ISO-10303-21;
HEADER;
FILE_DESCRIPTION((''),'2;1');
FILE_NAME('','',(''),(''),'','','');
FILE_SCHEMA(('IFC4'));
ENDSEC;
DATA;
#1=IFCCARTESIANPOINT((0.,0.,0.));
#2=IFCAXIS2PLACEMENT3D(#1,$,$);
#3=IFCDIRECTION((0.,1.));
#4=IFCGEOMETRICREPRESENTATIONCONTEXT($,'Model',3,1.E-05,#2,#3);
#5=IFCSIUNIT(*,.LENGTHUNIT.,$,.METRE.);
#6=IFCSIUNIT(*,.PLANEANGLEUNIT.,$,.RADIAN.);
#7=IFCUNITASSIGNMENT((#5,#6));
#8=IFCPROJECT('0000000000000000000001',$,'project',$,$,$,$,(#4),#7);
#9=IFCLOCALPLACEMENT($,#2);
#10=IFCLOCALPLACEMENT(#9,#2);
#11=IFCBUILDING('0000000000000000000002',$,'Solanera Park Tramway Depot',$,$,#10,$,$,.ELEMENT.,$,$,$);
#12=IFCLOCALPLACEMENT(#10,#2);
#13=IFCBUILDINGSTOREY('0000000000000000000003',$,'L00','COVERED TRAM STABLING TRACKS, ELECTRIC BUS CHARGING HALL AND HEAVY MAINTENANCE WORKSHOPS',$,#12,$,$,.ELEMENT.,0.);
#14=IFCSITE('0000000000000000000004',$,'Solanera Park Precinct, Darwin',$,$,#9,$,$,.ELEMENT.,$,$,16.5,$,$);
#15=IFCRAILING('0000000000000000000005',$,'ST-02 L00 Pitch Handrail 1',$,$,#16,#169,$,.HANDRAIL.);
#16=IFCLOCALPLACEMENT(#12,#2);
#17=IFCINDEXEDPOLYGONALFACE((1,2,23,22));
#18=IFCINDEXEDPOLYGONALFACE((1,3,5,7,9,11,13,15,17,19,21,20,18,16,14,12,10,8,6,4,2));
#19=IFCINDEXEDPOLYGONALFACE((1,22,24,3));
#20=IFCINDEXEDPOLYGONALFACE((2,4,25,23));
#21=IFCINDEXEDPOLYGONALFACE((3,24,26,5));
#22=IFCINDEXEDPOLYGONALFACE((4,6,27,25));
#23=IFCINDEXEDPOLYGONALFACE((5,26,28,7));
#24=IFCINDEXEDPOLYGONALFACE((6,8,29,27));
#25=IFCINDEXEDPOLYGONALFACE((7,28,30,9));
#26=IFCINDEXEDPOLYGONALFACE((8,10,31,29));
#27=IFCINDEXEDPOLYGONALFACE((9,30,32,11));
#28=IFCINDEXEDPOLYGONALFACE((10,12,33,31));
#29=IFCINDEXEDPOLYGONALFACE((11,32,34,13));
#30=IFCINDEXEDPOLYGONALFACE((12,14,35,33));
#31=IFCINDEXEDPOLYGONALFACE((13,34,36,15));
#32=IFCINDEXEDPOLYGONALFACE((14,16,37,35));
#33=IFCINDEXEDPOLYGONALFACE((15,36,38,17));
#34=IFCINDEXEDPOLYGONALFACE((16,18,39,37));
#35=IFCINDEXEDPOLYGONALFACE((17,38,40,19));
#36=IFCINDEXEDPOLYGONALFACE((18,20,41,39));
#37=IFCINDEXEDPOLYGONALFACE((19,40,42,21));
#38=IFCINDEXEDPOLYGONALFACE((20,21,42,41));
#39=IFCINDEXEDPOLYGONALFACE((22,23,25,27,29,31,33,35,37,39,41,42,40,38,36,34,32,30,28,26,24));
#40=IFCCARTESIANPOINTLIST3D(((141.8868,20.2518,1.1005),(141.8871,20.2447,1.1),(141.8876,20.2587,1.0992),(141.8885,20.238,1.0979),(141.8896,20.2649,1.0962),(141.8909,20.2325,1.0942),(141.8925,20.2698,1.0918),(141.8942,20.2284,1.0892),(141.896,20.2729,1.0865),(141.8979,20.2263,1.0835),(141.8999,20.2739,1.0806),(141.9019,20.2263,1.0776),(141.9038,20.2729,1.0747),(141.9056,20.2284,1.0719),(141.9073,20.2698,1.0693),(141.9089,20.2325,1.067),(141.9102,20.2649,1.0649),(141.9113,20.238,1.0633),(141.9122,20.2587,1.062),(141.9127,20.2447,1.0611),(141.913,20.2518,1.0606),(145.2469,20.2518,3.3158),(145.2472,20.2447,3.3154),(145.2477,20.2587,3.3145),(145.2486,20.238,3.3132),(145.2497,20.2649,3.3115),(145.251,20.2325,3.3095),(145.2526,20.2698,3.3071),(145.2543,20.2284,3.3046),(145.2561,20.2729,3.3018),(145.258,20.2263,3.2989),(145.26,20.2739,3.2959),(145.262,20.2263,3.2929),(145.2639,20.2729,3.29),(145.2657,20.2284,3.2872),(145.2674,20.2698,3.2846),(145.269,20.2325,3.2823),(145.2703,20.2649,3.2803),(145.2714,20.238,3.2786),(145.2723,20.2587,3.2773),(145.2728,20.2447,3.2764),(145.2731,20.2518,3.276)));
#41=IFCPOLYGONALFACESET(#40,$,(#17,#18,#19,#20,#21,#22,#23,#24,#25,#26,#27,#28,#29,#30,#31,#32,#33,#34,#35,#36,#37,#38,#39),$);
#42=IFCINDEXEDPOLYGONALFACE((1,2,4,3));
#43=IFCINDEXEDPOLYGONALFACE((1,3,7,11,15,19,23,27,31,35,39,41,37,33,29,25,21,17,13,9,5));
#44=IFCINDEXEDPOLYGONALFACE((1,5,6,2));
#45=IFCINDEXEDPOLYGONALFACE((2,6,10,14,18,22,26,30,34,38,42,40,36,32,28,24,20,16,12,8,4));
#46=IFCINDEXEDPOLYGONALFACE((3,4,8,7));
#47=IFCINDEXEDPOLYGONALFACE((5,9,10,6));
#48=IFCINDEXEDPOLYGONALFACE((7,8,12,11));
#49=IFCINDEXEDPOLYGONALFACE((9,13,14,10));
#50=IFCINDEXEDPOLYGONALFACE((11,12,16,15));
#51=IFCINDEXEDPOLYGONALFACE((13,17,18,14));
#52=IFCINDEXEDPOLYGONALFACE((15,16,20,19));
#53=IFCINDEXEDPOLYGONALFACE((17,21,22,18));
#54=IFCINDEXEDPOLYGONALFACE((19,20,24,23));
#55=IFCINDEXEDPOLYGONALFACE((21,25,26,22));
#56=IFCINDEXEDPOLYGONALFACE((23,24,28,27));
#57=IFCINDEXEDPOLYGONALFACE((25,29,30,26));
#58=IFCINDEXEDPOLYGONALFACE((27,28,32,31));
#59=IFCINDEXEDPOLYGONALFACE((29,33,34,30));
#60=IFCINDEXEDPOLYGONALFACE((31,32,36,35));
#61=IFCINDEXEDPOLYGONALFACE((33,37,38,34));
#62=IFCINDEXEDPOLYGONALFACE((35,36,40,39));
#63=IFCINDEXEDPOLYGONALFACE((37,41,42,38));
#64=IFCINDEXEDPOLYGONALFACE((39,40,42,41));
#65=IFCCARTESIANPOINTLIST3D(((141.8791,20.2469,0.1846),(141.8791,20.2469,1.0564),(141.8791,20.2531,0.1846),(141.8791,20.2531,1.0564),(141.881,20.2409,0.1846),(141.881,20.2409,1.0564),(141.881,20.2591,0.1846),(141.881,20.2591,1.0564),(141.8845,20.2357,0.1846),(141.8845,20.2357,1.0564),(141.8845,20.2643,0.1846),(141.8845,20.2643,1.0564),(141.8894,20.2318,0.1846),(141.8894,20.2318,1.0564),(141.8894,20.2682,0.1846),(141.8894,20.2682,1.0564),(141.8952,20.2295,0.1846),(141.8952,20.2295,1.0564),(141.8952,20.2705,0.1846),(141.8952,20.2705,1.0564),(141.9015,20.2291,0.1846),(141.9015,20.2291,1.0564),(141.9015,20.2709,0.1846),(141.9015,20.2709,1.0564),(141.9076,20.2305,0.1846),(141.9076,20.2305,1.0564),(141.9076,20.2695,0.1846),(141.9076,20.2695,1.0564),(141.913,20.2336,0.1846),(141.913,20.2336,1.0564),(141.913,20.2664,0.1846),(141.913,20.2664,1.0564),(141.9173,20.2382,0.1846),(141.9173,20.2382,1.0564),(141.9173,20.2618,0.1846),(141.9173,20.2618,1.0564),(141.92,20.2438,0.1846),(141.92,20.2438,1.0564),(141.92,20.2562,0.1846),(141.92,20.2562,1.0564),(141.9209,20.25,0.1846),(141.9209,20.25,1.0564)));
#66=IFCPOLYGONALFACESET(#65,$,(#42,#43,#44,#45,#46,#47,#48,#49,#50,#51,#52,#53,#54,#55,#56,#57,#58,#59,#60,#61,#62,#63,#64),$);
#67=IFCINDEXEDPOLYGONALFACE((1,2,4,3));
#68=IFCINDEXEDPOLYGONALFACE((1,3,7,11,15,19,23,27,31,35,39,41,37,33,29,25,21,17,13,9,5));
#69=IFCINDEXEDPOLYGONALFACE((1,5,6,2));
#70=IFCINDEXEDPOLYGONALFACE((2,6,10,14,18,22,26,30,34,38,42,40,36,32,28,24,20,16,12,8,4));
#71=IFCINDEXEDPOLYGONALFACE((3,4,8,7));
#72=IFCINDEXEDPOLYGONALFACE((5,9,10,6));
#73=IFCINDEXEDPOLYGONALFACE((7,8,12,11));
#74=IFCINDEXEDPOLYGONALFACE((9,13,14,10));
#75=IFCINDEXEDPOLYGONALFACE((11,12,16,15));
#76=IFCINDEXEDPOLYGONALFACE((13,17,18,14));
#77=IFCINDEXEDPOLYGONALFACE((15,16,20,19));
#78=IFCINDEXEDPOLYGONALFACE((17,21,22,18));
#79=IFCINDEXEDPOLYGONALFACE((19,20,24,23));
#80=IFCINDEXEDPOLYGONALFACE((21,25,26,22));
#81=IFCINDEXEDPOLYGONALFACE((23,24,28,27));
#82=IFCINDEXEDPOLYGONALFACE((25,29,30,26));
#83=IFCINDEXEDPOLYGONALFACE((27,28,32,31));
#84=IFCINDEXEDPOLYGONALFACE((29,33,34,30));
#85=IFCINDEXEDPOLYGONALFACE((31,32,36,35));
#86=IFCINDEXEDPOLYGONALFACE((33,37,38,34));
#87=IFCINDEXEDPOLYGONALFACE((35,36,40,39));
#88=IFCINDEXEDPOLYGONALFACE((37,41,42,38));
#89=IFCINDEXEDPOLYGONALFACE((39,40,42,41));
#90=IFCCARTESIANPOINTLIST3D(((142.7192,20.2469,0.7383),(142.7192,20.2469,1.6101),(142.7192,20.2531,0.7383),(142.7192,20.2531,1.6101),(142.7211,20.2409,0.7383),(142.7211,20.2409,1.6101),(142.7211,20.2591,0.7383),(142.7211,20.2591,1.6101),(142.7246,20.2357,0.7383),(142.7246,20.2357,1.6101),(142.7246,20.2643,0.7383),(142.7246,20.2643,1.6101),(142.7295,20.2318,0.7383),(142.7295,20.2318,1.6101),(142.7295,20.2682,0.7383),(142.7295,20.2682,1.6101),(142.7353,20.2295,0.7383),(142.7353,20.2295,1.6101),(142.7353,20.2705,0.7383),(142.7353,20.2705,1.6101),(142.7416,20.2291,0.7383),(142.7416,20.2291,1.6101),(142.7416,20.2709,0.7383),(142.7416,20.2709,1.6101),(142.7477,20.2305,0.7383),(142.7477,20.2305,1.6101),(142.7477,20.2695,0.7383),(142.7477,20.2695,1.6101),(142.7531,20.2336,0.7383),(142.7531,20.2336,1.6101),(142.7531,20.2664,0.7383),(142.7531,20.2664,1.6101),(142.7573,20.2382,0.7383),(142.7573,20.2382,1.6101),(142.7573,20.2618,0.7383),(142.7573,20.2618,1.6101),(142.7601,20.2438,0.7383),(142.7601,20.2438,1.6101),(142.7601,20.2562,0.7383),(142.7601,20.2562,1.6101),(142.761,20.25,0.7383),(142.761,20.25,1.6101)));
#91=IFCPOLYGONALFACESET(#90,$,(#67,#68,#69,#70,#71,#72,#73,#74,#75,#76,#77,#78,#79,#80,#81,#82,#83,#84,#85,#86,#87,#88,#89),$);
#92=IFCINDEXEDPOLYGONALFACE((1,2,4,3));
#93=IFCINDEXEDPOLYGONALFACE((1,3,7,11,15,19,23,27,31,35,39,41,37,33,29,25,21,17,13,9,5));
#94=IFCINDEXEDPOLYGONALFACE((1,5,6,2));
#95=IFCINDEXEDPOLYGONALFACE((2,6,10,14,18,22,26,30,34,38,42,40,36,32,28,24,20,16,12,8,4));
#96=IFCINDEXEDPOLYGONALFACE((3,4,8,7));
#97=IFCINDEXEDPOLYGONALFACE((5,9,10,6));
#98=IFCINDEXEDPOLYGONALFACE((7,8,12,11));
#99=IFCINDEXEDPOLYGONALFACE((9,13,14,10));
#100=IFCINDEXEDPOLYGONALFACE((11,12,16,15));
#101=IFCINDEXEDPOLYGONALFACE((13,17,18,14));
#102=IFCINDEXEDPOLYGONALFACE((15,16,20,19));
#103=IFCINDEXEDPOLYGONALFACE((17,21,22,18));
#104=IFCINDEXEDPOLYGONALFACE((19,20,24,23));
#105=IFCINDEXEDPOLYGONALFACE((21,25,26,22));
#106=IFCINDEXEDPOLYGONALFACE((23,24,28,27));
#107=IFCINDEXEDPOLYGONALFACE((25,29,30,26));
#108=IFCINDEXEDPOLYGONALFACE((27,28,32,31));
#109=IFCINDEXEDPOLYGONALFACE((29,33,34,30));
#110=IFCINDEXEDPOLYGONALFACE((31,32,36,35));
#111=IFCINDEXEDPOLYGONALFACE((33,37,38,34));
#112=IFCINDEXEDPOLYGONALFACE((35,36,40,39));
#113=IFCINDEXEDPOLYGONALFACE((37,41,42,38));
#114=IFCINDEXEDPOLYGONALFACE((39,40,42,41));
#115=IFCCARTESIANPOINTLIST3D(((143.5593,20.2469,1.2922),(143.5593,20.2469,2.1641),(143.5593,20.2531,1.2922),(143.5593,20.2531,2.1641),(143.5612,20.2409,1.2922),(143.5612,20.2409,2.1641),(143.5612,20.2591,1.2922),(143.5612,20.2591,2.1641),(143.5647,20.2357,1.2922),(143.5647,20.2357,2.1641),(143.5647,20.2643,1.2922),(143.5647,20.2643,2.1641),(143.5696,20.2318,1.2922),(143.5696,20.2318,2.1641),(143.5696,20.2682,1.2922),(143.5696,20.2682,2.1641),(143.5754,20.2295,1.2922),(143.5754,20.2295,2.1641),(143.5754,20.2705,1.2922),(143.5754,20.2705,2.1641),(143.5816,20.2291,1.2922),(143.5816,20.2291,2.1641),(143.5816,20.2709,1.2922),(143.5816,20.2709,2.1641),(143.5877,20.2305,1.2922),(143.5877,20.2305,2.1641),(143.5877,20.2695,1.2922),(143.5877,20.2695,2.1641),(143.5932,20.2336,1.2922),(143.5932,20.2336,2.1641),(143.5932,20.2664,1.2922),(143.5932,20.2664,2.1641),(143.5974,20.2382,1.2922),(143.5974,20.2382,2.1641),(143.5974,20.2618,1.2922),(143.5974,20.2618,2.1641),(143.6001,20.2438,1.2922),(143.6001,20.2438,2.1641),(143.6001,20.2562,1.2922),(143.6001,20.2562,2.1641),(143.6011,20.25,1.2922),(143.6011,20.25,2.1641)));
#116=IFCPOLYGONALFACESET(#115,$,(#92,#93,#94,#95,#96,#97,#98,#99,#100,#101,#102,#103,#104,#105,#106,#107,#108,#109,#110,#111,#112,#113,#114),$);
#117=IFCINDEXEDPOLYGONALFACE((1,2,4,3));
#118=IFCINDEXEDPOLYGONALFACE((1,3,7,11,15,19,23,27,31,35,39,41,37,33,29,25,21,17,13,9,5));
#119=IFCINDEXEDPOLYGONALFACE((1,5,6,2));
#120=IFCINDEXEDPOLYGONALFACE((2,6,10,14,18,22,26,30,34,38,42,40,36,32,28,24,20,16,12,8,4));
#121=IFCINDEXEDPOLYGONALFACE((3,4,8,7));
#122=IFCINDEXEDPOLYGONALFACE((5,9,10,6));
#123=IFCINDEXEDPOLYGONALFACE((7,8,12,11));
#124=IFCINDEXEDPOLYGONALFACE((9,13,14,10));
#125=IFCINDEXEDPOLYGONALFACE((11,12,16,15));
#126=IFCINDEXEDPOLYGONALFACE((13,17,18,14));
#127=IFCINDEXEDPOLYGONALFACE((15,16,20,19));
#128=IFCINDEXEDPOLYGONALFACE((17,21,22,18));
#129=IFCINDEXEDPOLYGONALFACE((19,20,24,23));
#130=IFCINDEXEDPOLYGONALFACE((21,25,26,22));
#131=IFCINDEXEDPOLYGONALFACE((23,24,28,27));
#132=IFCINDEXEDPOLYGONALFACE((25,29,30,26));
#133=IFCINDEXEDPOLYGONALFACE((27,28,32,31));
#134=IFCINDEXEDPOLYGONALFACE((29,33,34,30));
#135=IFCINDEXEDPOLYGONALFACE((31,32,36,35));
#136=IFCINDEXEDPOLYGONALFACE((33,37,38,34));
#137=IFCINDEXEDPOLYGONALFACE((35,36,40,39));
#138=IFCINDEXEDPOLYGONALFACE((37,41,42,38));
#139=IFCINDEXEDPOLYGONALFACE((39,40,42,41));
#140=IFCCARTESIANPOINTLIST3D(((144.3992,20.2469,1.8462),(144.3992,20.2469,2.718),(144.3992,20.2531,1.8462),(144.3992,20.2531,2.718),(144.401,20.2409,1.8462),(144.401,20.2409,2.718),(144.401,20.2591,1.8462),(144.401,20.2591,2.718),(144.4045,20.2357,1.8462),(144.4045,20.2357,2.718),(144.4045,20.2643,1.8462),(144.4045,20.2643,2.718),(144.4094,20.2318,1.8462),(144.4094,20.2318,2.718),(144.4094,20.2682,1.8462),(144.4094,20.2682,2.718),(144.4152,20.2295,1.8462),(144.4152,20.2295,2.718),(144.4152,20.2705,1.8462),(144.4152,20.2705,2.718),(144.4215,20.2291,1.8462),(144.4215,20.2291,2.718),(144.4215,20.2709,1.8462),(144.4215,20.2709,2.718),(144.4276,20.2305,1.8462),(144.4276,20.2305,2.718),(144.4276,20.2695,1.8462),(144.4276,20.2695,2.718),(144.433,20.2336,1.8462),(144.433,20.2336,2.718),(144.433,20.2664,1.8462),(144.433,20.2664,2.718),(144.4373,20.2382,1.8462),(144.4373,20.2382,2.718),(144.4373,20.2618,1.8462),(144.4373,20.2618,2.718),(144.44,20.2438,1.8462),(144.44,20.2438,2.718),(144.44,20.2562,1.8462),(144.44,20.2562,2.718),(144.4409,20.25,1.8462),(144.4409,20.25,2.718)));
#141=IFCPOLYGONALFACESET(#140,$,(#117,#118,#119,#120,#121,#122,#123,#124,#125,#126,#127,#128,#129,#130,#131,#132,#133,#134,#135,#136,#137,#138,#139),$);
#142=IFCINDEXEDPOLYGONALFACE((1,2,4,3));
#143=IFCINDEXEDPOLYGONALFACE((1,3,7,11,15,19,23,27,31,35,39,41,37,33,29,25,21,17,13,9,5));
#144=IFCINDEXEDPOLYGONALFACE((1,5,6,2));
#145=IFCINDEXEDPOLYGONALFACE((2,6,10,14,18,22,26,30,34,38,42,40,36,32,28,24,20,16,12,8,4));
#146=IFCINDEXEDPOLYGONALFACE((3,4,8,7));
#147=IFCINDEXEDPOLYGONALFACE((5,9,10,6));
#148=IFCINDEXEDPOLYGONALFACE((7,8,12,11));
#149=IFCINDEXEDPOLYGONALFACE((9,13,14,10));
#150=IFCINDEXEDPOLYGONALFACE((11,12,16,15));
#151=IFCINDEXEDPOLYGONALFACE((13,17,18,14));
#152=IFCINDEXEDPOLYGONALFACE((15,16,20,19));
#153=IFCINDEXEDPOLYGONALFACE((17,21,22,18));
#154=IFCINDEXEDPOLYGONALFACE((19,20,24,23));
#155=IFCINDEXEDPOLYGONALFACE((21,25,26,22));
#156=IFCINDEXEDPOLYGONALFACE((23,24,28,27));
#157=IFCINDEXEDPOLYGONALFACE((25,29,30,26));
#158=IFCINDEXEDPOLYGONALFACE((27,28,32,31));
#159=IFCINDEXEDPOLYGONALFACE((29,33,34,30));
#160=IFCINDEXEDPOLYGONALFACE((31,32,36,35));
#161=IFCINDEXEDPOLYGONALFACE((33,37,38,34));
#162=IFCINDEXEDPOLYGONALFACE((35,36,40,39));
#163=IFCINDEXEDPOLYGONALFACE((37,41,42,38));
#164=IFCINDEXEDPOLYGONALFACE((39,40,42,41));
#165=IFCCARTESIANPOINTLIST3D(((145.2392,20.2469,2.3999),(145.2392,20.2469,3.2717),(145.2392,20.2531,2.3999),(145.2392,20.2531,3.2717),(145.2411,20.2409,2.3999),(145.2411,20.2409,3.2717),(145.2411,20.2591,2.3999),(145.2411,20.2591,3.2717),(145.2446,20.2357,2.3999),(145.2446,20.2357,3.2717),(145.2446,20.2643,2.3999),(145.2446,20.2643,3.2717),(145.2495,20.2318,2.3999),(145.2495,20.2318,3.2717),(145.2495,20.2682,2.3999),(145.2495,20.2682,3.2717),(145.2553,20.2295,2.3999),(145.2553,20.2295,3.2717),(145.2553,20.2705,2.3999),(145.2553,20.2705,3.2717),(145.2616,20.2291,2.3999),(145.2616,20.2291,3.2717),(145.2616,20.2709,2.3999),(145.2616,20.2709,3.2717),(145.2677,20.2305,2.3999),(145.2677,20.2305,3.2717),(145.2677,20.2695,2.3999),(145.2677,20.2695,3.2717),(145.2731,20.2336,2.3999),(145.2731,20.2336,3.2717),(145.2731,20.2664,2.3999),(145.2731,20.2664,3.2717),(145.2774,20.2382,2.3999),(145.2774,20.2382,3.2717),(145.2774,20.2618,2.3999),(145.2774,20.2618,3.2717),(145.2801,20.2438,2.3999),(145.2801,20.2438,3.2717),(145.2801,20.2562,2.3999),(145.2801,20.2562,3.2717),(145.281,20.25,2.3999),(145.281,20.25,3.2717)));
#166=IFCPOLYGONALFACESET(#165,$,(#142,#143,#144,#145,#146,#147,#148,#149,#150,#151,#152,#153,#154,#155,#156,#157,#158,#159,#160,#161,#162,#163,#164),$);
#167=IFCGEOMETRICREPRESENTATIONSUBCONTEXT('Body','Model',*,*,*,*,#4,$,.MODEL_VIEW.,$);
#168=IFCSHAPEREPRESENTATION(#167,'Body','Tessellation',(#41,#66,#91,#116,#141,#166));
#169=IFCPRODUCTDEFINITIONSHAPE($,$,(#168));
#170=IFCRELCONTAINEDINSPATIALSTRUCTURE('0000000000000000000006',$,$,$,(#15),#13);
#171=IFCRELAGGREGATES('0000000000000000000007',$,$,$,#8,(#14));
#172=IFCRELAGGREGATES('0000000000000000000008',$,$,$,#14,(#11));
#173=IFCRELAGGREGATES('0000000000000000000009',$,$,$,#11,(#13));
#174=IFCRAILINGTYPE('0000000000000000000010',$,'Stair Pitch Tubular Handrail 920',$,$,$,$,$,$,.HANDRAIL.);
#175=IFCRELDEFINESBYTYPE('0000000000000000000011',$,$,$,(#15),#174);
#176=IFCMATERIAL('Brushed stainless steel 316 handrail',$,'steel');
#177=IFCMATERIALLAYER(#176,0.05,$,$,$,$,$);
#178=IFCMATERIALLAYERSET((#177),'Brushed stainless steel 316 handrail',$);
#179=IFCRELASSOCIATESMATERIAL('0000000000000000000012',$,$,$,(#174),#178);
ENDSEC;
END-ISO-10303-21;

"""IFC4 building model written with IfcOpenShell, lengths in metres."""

from ifc_helpers import new_model, si_unit, direction, frame, origin, origin_2d, place, context, subcontext, project, spatial, circle, extrude, material, layer, layer_set, type_object, element, save


model = new_model("IFC4")

# Units and contexts
model_context = context("Model", 3, precision=1e-05, world=origin(), true_north=direction((0.0, 1.0)))
body_context = subcontext(model_context, "Body", "Model", "MODEL_VIEW")
ifc_project = project(units=[si_unit("LENGTHUNIT", "METRE"), si_unit("PLANEANGLEUNIT", "RADIAN")], contexts=[model_context])

# Site, building, storey
site_placement = place(None, origin())
site = spatial("IfcSite", under=ifc_project, at=site_placement, Name="Solanera Park Precinct, Darwin", CompositionType="ELEMENT", RefElevation=16.5)
building_placement = place(site_placement, origin())
building = spatial("IfcBuilding", under=site, at=building_placement, Name="Solanera Park Tramway Depot", CompositionType="ELEMENT")
storey_placement = place(building_placement, origin())
storey = spatial("IfcBuildingStorey", under=building, at=storey_placement, Name="L00", Description="COVERED TRAM STABLING TRACKS, ELECTRIC BUS CHARGING HALL AND HEAVY MAINTENANCE WORKSHOPS", CompositionType="ELEMENT", Elevation=0.0)

# Railing
ifc_material_1 = material(Name="Brushed stainless steel 316 handrail", Category="steel")
ifc_layer_1 = layer(ifc_material_1, 0.05)
ifc_layer_set_1 = layer_set([ifc_layer_1], Name="Brushed stainless steel 316 handrail")
railing_type_1 = type_object("IfcRailingType", Name="Stair Pitch Tubular Handrail 920", PredefinedType="HANDRAIL", material=ifc_layer_set_1)
railing_1_placement = place(storey_placement, frame((141.8999, 20.25, 0.1846)))
element("IfcRailing", 1, at=railing_1_placement, inside=storey, type_object=railing_type_1, Name="ST-02 L00 Pitch Handrail 1", PredefinedType="HANDRAIL", context=body_context, shape_type="SweptSolid", body=[
    extrude(circle(Radius=0.0239, at=origin_2d()), frame((0.0, 0.0, 0.896), z_axis=(0.834876, 0.0, 0.550437), x_axis=(0.0, 1.0, 0.0)), (0.0, 0.0, 1.0), 4.0247),
    extrude(circle(Radius=0.021, at=origin_2d()), origin(), (0.0, 0.0, 1.0), 0.8718),
    extrude(circle(Radius=0.021, at=origin_2d()), frame((0.8401, 0.0, 0.5537)), (0.0, 0.0, 1.0), 0.8718),
    extrude(circle(Radius=0.021, at=origin_2d()), frame((1.6802, 0.0, 1.1077)), (0.0, 0.0, 1.0), 0.8718),
    extrude(circle(Radius=0.021, at=origin_2d()), frame((2.52, 0.0, 1.6616)), (0.0, 0.0, 1.0), 0.8718),
    extrude(circle(Radius=0.021, at=origin_2d()), frame((3.3601, 0.0, 2.2153)), (0.0, 0.0, 1.0), 0.8718),
])

save(model, "model.ifc")
